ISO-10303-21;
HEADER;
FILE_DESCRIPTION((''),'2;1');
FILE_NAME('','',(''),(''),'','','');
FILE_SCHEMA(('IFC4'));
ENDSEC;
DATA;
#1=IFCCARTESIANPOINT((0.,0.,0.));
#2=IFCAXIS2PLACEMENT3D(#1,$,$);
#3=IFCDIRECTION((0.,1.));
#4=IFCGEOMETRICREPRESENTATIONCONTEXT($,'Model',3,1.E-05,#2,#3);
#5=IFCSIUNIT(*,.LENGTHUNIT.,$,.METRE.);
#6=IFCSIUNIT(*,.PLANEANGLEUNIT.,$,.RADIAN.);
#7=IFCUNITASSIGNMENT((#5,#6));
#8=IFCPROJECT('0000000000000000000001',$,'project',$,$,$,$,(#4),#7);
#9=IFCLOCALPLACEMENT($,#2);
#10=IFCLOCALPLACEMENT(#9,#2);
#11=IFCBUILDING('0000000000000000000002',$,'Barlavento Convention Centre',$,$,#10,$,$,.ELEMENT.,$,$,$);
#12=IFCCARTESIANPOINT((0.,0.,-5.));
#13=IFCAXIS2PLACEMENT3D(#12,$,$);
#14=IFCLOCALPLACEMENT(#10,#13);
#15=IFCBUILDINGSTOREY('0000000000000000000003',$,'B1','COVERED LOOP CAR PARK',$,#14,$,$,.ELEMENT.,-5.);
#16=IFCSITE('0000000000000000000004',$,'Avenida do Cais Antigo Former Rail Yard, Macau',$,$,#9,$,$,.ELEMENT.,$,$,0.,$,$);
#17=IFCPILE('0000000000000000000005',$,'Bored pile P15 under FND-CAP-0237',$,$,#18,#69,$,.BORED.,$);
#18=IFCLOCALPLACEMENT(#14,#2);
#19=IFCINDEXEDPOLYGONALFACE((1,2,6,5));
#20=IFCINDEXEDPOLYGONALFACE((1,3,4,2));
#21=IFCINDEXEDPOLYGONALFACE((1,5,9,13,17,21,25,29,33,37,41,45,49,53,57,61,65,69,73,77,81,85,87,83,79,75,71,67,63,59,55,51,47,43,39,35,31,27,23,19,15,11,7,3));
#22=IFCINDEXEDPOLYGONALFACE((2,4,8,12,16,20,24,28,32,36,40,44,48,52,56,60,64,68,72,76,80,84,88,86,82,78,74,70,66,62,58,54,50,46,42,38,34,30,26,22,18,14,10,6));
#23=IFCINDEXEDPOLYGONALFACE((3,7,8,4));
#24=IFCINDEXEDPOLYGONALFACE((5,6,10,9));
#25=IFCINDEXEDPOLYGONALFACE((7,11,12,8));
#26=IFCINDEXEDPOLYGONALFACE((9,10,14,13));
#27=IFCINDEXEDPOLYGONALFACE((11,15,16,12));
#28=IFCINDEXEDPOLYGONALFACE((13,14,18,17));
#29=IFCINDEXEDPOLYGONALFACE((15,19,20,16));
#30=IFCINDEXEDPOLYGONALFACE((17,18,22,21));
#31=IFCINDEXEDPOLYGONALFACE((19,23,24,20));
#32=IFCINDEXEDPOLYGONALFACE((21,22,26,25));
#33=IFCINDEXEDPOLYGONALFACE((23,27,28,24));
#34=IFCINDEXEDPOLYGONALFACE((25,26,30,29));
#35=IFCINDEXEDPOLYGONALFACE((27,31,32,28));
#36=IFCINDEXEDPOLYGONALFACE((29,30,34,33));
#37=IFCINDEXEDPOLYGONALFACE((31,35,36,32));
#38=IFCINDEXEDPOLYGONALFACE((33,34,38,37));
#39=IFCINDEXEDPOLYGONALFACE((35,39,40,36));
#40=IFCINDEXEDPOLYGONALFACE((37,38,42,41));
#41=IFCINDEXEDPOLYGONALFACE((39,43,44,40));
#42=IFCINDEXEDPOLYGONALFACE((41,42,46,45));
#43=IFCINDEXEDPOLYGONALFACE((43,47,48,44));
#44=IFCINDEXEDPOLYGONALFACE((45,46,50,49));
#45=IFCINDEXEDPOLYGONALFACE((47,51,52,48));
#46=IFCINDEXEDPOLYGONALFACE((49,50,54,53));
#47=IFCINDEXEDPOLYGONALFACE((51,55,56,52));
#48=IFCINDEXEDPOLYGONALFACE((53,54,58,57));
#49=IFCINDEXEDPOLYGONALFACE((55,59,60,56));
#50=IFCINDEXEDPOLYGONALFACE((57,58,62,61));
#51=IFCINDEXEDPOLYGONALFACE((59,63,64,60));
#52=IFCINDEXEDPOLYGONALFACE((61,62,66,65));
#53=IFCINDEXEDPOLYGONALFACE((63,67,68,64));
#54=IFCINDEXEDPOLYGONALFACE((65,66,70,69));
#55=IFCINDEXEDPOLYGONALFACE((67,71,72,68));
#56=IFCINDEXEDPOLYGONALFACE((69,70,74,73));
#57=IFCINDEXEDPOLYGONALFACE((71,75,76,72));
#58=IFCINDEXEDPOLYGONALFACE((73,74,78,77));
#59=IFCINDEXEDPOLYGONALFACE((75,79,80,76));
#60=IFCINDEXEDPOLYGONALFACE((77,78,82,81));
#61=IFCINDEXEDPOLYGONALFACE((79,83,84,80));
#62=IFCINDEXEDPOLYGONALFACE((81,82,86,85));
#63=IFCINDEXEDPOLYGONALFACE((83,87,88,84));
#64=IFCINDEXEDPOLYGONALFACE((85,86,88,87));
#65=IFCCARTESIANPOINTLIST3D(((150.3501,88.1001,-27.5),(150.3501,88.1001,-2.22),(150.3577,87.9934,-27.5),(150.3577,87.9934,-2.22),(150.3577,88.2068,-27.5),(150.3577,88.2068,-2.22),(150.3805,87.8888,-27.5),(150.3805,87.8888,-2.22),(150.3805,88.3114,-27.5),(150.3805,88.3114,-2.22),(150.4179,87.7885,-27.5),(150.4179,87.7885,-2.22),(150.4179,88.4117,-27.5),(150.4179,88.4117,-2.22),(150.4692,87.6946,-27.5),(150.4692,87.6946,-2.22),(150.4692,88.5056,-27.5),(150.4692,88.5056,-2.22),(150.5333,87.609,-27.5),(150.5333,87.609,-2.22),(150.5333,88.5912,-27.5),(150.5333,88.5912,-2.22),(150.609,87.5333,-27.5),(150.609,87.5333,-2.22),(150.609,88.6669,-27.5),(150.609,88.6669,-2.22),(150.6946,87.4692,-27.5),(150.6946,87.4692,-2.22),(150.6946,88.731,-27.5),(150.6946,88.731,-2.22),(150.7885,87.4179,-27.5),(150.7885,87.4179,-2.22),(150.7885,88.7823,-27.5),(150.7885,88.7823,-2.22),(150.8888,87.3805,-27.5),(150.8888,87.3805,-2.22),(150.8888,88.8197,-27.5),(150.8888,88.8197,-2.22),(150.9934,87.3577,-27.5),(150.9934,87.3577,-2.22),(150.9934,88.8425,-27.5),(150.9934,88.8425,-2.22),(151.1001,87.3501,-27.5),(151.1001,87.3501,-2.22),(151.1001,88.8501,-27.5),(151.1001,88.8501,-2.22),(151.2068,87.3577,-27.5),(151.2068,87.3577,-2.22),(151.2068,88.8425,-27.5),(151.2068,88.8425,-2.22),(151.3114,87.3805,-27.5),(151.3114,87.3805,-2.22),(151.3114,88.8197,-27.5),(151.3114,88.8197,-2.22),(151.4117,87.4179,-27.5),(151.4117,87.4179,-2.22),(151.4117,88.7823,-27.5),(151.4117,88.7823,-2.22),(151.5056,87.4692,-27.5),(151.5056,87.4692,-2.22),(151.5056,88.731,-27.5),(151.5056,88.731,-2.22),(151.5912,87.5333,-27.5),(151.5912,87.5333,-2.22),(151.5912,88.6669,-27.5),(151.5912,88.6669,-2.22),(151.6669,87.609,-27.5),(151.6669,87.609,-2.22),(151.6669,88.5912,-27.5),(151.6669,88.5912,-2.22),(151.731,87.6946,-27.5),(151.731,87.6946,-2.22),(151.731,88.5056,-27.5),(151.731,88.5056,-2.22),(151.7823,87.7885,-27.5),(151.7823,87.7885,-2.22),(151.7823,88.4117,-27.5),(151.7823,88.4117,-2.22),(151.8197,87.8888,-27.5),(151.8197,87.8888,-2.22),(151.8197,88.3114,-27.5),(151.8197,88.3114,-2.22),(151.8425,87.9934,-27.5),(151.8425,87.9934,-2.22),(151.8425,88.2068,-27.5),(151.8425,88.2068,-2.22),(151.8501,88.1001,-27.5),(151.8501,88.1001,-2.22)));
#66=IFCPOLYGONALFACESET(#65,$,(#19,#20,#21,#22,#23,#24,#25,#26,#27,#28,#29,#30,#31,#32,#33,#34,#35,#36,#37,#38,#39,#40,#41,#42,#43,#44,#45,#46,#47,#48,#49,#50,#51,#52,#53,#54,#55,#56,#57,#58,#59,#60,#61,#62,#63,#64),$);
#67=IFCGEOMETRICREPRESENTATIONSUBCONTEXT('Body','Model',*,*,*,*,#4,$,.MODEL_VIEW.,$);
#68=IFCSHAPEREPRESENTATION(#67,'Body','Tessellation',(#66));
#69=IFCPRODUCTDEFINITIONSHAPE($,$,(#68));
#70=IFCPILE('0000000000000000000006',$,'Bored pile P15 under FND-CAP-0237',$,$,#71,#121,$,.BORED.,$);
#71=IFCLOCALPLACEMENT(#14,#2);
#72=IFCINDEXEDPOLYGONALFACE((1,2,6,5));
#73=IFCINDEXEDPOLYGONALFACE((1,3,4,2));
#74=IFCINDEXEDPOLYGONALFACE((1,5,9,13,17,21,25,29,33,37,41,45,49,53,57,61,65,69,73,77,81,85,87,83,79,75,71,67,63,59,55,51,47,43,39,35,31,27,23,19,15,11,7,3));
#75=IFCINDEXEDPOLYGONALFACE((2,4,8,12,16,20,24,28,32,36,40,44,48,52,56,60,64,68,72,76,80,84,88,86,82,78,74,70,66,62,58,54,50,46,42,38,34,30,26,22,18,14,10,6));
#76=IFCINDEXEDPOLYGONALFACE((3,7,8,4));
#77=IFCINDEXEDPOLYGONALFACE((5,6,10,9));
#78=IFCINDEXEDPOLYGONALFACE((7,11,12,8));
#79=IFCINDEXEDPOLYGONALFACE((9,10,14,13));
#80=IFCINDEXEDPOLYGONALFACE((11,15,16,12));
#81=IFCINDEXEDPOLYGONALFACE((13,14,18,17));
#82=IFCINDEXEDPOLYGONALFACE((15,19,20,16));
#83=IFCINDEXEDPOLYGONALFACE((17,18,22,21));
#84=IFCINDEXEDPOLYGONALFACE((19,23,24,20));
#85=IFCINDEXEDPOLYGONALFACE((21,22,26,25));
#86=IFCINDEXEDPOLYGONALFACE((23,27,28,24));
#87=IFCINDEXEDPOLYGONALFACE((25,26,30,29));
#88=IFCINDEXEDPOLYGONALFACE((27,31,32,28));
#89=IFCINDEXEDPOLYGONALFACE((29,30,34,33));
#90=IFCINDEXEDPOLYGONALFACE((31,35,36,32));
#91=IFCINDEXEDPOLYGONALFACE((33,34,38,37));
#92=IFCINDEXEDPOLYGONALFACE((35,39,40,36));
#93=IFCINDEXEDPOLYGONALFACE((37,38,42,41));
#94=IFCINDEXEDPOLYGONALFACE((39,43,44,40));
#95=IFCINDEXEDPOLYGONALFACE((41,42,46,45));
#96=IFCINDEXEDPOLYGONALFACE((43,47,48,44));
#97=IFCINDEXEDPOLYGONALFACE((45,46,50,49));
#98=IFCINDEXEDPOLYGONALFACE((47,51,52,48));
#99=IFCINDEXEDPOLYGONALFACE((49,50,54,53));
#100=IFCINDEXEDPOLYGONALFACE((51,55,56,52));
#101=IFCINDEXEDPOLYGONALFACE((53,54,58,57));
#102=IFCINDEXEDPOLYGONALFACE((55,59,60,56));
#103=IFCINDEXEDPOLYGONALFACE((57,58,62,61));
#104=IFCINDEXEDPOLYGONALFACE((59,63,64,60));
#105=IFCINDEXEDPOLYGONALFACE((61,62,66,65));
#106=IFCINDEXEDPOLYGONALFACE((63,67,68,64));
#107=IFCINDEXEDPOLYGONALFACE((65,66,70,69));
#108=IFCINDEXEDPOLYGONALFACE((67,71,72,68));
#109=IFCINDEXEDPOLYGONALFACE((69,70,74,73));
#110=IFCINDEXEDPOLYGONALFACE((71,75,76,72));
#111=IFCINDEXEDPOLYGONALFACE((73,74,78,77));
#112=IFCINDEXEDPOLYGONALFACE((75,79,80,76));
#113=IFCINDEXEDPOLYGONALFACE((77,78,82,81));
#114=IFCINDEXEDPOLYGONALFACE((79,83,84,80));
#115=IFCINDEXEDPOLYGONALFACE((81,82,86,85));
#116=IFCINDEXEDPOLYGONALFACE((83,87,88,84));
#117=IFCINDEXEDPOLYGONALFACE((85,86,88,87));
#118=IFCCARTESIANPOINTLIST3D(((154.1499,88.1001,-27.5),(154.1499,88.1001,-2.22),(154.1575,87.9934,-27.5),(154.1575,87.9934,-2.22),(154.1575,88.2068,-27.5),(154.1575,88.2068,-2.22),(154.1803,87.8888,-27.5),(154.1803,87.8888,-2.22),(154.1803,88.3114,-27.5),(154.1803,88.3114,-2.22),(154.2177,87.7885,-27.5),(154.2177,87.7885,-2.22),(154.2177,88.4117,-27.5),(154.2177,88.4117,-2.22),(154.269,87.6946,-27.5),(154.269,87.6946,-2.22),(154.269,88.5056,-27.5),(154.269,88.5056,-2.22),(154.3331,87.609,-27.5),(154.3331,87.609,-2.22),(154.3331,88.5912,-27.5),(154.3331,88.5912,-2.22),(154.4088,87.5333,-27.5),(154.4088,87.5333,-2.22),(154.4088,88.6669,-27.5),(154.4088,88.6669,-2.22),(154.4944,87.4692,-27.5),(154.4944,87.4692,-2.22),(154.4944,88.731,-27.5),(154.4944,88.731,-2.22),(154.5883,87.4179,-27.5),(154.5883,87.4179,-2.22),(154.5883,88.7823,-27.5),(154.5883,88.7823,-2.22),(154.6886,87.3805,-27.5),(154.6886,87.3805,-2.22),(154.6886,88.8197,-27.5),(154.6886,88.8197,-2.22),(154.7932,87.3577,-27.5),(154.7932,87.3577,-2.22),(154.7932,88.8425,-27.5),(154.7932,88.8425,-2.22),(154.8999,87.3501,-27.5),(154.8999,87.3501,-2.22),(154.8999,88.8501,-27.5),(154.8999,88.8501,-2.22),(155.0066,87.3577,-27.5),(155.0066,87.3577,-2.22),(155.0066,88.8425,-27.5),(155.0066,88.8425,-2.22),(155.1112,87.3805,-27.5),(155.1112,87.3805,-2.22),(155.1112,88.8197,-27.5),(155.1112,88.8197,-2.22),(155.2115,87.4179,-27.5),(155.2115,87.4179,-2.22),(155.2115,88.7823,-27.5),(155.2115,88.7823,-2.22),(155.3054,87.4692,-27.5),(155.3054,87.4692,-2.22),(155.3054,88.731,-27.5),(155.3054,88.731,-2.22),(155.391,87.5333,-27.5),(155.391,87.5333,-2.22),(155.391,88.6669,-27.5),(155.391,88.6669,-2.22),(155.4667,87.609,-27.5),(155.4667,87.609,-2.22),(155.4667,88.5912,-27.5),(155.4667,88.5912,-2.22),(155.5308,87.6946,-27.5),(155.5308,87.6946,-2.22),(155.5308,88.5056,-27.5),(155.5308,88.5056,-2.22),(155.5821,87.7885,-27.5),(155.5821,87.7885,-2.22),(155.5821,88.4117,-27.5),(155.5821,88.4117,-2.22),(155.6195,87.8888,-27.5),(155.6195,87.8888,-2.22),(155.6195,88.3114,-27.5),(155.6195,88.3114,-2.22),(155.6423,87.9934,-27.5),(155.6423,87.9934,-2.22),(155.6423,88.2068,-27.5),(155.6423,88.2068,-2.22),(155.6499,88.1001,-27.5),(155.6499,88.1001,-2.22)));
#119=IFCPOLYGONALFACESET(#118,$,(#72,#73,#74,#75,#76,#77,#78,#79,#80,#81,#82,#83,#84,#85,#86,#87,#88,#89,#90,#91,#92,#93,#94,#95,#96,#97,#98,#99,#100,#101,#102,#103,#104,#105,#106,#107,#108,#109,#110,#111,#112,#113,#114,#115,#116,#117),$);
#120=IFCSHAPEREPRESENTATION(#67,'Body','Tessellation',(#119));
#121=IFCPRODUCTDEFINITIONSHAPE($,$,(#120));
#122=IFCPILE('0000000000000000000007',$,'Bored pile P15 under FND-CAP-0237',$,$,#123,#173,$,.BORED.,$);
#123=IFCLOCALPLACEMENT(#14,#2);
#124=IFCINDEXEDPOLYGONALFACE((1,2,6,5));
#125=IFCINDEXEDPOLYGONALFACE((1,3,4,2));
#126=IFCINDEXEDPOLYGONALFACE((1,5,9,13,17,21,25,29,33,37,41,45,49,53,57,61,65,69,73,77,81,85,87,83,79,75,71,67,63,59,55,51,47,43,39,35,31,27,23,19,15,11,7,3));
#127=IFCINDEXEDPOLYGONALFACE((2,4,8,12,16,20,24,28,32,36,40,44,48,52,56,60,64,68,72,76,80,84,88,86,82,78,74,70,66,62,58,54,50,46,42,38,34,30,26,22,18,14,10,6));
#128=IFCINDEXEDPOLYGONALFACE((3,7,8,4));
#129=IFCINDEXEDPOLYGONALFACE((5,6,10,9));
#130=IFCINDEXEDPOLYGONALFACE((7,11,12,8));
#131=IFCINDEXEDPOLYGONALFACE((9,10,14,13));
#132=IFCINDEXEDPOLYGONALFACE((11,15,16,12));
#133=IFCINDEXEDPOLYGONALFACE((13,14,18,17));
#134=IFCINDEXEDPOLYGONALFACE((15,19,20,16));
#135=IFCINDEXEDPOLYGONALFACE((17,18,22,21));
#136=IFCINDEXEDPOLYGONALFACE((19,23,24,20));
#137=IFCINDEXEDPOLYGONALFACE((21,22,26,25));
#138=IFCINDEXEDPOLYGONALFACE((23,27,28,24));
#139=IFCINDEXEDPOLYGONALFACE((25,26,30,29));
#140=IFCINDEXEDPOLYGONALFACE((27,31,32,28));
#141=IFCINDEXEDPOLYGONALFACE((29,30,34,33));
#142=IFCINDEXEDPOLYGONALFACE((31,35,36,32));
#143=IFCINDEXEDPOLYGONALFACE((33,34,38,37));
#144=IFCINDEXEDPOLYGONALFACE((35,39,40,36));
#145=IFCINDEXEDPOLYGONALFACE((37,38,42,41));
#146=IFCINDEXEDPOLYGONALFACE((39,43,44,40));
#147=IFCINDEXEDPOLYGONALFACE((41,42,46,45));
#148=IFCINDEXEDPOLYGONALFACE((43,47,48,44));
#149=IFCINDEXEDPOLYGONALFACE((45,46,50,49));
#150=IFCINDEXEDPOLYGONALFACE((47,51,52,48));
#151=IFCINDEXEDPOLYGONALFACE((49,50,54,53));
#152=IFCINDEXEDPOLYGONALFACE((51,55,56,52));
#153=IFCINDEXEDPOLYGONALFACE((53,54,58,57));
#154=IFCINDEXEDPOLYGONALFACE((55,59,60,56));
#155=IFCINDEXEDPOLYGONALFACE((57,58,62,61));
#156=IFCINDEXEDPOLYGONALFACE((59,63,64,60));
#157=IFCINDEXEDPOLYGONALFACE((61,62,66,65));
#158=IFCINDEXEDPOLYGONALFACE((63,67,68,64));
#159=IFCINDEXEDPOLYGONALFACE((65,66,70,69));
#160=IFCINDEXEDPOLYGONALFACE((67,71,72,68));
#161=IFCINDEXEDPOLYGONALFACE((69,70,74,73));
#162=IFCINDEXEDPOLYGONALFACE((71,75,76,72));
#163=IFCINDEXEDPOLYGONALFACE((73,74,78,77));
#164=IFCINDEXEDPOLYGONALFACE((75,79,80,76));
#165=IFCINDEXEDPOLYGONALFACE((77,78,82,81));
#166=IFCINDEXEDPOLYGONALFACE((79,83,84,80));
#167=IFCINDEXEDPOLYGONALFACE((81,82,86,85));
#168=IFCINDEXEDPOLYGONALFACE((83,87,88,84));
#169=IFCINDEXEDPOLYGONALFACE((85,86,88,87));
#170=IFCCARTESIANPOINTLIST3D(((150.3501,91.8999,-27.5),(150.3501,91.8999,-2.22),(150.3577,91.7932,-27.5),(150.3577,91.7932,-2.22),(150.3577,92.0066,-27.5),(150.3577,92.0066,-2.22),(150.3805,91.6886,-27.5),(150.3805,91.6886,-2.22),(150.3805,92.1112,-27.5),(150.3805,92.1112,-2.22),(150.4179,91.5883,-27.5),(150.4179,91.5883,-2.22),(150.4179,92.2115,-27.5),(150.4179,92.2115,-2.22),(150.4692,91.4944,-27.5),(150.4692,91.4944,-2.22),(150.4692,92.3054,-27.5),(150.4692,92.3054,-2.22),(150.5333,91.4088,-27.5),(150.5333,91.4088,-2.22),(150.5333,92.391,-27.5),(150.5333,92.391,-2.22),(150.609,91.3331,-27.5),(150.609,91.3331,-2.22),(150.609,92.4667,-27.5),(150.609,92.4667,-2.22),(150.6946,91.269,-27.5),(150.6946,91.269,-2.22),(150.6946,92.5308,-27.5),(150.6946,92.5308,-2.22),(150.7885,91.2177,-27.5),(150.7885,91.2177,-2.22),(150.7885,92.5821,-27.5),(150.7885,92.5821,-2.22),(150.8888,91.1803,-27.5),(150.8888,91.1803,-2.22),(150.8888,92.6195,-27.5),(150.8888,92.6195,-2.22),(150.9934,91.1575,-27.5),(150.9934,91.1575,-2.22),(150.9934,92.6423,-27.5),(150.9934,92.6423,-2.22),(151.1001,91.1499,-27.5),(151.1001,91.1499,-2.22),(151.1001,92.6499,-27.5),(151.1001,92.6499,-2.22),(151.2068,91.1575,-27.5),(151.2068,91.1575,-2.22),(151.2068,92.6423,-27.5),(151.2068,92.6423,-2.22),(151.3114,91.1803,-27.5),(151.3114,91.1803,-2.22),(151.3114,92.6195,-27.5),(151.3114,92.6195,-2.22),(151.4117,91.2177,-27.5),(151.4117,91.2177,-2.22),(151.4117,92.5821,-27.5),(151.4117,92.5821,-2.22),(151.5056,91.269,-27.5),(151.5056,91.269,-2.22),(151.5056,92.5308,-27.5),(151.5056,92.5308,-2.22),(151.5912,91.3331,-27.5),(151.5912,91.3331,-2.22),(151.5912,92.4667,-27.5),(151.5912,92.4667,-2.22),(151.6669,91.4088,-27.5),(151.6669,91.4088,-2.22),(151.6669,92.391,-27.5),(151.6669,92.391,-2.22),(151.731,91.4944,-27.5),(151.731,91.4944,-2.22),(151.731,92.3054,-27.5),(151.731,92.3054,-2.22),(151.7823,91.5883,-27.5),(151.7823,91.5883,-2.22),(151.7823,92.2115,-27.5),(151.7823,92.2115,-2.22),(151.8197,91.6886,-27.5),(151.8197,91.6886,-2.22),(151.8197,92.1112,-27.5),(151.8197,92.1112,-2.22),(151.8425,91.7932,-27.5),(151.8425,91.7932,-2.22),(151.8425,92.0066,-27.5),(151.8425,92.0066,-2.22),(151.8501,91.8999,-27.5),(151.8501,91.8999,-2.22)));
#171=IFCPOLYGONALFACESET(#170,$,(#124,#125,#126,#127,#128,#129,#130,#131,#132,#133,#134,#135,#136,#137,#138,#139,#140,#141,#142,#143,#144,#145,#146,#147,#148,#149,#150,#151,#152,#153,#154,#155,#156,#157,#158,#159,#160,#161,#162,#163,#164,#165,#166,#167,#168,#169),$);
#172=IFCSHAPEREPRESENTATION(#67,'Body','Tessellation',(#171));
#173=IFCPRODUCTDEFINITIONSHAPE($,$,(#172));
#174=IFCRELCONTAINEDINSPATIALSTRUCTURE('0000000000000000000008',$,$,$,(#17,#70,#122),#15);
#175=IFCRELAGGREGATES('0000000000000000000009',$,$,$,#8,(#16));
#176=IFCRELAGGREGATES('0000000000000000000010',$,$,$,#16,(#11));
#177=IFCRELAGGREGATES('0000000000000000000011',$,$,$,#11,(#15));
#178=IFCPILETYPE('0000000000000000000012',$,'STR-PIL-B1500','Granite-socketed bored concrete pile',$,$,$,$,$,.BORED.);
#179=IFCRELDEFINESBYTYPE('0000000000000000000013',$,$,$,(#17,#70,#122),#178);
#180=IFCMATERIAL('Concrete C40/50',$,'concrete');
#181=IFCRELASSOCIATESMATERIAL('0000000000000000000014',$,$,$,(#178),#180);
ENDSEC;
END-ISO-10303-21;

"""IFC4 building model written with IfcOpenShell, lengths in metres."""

from ifc_helpers import new_model, si_unit, direction, frame, origin, origin_2d, place, context, subcontext, project, spatial, circle, extrude, material, material_profile, profile_set, type_object, element, save


model = new_model("IFC4")

# Units and contexts
model_context = context("Model", 3, precision=1e-05, world=origin(), true_north=direction((0.0, 1.0)))
body_context = subcontext(model_context, "Body", "Model", "MODEL_VIEW")
ifc_project = project(units=[si_unit("LENGTHUNIT", "METRE"), si_unit("PLANEANGLEUNIT", "RADIAN")], contexts=[model_context])

# Site, building, storey
site_placement = place(None, origin())
site = spatial("IfcSite", under=ifc_project, at=site_placement, Name="Avenida do Cais Antigo Former Rail Yard, Macau", CompositionType="ELEMENT", RefElevation=0.0)
building_placement = place(site_placement, origin())
building = spatial("IfcBuilding", under=site, at=building_placement, Name="Barlavento Convention Centre", CompositionType="ELEMENT")
storey_placement = place(building_placement, frame((0.0, 0.0, -5.0)))
storey = spatial("IfcBuildingStorey", under=building, at=storey_placement, Name="B1", Description="COVERED LOOP CAR PARK", CompositionType="ELEMENT", Elevation=-5.0)

# Shared definitions
ifc_material_1 = material(Name="Concrete C40/50", Category="concrete")

# Piles
ifc_material_profile_1 = material_profile(ifc_material_1, circle(Radius=0.75, at=origin_2d()), Name="BORED PILE 1500")
ifc_profile_set_1 = profile_set([ifc_material_profile_1], Name="Concrete C40/50")
pile_type_1 = type_object("IfcPileType", Name="STR-PIL-B1500", Description="Granite-socketed bored concrete pile", PredefinedType="BORED", material=ifc_profile_set_1)
for number, where, z_axis, x_axis, name in (
    (1, (151.1001, 88.1001, -2.22), (0.0, 0.0, -1.0), (1.0, 0.0, 0.0), "Bored pile P15 under FND-CAP-0237"),
    (2, (154.8999, 88.1001, -2.22), (0.0, 0.0, -1.0), (1.0, 0.0, 0.0), "Bored pile P15 under FND-CAP-0237"),
    (3, (151.1001, 91.8999, -2.22), (0.0, 0.0, -1.0), (1.0, 0.0, 0.0), "Bored pile P15 under FND-CAP-0237"),
):
    element("IfcPile", number, at=place(storey_placement, frame(where, z_axis=z_axis, x_axis=x_axis)), inside=storey, type_object=pile_type_1, Name=name, PredefinedType="BORED", context=body_context, shape_type="SweptSolid", body=[
        extrude(circle(Radius=0.75, at=origin_2d()), origin(), (0.0, 0.0, 1.0), 25.28),
    ])

save(model, "model.ifc")
